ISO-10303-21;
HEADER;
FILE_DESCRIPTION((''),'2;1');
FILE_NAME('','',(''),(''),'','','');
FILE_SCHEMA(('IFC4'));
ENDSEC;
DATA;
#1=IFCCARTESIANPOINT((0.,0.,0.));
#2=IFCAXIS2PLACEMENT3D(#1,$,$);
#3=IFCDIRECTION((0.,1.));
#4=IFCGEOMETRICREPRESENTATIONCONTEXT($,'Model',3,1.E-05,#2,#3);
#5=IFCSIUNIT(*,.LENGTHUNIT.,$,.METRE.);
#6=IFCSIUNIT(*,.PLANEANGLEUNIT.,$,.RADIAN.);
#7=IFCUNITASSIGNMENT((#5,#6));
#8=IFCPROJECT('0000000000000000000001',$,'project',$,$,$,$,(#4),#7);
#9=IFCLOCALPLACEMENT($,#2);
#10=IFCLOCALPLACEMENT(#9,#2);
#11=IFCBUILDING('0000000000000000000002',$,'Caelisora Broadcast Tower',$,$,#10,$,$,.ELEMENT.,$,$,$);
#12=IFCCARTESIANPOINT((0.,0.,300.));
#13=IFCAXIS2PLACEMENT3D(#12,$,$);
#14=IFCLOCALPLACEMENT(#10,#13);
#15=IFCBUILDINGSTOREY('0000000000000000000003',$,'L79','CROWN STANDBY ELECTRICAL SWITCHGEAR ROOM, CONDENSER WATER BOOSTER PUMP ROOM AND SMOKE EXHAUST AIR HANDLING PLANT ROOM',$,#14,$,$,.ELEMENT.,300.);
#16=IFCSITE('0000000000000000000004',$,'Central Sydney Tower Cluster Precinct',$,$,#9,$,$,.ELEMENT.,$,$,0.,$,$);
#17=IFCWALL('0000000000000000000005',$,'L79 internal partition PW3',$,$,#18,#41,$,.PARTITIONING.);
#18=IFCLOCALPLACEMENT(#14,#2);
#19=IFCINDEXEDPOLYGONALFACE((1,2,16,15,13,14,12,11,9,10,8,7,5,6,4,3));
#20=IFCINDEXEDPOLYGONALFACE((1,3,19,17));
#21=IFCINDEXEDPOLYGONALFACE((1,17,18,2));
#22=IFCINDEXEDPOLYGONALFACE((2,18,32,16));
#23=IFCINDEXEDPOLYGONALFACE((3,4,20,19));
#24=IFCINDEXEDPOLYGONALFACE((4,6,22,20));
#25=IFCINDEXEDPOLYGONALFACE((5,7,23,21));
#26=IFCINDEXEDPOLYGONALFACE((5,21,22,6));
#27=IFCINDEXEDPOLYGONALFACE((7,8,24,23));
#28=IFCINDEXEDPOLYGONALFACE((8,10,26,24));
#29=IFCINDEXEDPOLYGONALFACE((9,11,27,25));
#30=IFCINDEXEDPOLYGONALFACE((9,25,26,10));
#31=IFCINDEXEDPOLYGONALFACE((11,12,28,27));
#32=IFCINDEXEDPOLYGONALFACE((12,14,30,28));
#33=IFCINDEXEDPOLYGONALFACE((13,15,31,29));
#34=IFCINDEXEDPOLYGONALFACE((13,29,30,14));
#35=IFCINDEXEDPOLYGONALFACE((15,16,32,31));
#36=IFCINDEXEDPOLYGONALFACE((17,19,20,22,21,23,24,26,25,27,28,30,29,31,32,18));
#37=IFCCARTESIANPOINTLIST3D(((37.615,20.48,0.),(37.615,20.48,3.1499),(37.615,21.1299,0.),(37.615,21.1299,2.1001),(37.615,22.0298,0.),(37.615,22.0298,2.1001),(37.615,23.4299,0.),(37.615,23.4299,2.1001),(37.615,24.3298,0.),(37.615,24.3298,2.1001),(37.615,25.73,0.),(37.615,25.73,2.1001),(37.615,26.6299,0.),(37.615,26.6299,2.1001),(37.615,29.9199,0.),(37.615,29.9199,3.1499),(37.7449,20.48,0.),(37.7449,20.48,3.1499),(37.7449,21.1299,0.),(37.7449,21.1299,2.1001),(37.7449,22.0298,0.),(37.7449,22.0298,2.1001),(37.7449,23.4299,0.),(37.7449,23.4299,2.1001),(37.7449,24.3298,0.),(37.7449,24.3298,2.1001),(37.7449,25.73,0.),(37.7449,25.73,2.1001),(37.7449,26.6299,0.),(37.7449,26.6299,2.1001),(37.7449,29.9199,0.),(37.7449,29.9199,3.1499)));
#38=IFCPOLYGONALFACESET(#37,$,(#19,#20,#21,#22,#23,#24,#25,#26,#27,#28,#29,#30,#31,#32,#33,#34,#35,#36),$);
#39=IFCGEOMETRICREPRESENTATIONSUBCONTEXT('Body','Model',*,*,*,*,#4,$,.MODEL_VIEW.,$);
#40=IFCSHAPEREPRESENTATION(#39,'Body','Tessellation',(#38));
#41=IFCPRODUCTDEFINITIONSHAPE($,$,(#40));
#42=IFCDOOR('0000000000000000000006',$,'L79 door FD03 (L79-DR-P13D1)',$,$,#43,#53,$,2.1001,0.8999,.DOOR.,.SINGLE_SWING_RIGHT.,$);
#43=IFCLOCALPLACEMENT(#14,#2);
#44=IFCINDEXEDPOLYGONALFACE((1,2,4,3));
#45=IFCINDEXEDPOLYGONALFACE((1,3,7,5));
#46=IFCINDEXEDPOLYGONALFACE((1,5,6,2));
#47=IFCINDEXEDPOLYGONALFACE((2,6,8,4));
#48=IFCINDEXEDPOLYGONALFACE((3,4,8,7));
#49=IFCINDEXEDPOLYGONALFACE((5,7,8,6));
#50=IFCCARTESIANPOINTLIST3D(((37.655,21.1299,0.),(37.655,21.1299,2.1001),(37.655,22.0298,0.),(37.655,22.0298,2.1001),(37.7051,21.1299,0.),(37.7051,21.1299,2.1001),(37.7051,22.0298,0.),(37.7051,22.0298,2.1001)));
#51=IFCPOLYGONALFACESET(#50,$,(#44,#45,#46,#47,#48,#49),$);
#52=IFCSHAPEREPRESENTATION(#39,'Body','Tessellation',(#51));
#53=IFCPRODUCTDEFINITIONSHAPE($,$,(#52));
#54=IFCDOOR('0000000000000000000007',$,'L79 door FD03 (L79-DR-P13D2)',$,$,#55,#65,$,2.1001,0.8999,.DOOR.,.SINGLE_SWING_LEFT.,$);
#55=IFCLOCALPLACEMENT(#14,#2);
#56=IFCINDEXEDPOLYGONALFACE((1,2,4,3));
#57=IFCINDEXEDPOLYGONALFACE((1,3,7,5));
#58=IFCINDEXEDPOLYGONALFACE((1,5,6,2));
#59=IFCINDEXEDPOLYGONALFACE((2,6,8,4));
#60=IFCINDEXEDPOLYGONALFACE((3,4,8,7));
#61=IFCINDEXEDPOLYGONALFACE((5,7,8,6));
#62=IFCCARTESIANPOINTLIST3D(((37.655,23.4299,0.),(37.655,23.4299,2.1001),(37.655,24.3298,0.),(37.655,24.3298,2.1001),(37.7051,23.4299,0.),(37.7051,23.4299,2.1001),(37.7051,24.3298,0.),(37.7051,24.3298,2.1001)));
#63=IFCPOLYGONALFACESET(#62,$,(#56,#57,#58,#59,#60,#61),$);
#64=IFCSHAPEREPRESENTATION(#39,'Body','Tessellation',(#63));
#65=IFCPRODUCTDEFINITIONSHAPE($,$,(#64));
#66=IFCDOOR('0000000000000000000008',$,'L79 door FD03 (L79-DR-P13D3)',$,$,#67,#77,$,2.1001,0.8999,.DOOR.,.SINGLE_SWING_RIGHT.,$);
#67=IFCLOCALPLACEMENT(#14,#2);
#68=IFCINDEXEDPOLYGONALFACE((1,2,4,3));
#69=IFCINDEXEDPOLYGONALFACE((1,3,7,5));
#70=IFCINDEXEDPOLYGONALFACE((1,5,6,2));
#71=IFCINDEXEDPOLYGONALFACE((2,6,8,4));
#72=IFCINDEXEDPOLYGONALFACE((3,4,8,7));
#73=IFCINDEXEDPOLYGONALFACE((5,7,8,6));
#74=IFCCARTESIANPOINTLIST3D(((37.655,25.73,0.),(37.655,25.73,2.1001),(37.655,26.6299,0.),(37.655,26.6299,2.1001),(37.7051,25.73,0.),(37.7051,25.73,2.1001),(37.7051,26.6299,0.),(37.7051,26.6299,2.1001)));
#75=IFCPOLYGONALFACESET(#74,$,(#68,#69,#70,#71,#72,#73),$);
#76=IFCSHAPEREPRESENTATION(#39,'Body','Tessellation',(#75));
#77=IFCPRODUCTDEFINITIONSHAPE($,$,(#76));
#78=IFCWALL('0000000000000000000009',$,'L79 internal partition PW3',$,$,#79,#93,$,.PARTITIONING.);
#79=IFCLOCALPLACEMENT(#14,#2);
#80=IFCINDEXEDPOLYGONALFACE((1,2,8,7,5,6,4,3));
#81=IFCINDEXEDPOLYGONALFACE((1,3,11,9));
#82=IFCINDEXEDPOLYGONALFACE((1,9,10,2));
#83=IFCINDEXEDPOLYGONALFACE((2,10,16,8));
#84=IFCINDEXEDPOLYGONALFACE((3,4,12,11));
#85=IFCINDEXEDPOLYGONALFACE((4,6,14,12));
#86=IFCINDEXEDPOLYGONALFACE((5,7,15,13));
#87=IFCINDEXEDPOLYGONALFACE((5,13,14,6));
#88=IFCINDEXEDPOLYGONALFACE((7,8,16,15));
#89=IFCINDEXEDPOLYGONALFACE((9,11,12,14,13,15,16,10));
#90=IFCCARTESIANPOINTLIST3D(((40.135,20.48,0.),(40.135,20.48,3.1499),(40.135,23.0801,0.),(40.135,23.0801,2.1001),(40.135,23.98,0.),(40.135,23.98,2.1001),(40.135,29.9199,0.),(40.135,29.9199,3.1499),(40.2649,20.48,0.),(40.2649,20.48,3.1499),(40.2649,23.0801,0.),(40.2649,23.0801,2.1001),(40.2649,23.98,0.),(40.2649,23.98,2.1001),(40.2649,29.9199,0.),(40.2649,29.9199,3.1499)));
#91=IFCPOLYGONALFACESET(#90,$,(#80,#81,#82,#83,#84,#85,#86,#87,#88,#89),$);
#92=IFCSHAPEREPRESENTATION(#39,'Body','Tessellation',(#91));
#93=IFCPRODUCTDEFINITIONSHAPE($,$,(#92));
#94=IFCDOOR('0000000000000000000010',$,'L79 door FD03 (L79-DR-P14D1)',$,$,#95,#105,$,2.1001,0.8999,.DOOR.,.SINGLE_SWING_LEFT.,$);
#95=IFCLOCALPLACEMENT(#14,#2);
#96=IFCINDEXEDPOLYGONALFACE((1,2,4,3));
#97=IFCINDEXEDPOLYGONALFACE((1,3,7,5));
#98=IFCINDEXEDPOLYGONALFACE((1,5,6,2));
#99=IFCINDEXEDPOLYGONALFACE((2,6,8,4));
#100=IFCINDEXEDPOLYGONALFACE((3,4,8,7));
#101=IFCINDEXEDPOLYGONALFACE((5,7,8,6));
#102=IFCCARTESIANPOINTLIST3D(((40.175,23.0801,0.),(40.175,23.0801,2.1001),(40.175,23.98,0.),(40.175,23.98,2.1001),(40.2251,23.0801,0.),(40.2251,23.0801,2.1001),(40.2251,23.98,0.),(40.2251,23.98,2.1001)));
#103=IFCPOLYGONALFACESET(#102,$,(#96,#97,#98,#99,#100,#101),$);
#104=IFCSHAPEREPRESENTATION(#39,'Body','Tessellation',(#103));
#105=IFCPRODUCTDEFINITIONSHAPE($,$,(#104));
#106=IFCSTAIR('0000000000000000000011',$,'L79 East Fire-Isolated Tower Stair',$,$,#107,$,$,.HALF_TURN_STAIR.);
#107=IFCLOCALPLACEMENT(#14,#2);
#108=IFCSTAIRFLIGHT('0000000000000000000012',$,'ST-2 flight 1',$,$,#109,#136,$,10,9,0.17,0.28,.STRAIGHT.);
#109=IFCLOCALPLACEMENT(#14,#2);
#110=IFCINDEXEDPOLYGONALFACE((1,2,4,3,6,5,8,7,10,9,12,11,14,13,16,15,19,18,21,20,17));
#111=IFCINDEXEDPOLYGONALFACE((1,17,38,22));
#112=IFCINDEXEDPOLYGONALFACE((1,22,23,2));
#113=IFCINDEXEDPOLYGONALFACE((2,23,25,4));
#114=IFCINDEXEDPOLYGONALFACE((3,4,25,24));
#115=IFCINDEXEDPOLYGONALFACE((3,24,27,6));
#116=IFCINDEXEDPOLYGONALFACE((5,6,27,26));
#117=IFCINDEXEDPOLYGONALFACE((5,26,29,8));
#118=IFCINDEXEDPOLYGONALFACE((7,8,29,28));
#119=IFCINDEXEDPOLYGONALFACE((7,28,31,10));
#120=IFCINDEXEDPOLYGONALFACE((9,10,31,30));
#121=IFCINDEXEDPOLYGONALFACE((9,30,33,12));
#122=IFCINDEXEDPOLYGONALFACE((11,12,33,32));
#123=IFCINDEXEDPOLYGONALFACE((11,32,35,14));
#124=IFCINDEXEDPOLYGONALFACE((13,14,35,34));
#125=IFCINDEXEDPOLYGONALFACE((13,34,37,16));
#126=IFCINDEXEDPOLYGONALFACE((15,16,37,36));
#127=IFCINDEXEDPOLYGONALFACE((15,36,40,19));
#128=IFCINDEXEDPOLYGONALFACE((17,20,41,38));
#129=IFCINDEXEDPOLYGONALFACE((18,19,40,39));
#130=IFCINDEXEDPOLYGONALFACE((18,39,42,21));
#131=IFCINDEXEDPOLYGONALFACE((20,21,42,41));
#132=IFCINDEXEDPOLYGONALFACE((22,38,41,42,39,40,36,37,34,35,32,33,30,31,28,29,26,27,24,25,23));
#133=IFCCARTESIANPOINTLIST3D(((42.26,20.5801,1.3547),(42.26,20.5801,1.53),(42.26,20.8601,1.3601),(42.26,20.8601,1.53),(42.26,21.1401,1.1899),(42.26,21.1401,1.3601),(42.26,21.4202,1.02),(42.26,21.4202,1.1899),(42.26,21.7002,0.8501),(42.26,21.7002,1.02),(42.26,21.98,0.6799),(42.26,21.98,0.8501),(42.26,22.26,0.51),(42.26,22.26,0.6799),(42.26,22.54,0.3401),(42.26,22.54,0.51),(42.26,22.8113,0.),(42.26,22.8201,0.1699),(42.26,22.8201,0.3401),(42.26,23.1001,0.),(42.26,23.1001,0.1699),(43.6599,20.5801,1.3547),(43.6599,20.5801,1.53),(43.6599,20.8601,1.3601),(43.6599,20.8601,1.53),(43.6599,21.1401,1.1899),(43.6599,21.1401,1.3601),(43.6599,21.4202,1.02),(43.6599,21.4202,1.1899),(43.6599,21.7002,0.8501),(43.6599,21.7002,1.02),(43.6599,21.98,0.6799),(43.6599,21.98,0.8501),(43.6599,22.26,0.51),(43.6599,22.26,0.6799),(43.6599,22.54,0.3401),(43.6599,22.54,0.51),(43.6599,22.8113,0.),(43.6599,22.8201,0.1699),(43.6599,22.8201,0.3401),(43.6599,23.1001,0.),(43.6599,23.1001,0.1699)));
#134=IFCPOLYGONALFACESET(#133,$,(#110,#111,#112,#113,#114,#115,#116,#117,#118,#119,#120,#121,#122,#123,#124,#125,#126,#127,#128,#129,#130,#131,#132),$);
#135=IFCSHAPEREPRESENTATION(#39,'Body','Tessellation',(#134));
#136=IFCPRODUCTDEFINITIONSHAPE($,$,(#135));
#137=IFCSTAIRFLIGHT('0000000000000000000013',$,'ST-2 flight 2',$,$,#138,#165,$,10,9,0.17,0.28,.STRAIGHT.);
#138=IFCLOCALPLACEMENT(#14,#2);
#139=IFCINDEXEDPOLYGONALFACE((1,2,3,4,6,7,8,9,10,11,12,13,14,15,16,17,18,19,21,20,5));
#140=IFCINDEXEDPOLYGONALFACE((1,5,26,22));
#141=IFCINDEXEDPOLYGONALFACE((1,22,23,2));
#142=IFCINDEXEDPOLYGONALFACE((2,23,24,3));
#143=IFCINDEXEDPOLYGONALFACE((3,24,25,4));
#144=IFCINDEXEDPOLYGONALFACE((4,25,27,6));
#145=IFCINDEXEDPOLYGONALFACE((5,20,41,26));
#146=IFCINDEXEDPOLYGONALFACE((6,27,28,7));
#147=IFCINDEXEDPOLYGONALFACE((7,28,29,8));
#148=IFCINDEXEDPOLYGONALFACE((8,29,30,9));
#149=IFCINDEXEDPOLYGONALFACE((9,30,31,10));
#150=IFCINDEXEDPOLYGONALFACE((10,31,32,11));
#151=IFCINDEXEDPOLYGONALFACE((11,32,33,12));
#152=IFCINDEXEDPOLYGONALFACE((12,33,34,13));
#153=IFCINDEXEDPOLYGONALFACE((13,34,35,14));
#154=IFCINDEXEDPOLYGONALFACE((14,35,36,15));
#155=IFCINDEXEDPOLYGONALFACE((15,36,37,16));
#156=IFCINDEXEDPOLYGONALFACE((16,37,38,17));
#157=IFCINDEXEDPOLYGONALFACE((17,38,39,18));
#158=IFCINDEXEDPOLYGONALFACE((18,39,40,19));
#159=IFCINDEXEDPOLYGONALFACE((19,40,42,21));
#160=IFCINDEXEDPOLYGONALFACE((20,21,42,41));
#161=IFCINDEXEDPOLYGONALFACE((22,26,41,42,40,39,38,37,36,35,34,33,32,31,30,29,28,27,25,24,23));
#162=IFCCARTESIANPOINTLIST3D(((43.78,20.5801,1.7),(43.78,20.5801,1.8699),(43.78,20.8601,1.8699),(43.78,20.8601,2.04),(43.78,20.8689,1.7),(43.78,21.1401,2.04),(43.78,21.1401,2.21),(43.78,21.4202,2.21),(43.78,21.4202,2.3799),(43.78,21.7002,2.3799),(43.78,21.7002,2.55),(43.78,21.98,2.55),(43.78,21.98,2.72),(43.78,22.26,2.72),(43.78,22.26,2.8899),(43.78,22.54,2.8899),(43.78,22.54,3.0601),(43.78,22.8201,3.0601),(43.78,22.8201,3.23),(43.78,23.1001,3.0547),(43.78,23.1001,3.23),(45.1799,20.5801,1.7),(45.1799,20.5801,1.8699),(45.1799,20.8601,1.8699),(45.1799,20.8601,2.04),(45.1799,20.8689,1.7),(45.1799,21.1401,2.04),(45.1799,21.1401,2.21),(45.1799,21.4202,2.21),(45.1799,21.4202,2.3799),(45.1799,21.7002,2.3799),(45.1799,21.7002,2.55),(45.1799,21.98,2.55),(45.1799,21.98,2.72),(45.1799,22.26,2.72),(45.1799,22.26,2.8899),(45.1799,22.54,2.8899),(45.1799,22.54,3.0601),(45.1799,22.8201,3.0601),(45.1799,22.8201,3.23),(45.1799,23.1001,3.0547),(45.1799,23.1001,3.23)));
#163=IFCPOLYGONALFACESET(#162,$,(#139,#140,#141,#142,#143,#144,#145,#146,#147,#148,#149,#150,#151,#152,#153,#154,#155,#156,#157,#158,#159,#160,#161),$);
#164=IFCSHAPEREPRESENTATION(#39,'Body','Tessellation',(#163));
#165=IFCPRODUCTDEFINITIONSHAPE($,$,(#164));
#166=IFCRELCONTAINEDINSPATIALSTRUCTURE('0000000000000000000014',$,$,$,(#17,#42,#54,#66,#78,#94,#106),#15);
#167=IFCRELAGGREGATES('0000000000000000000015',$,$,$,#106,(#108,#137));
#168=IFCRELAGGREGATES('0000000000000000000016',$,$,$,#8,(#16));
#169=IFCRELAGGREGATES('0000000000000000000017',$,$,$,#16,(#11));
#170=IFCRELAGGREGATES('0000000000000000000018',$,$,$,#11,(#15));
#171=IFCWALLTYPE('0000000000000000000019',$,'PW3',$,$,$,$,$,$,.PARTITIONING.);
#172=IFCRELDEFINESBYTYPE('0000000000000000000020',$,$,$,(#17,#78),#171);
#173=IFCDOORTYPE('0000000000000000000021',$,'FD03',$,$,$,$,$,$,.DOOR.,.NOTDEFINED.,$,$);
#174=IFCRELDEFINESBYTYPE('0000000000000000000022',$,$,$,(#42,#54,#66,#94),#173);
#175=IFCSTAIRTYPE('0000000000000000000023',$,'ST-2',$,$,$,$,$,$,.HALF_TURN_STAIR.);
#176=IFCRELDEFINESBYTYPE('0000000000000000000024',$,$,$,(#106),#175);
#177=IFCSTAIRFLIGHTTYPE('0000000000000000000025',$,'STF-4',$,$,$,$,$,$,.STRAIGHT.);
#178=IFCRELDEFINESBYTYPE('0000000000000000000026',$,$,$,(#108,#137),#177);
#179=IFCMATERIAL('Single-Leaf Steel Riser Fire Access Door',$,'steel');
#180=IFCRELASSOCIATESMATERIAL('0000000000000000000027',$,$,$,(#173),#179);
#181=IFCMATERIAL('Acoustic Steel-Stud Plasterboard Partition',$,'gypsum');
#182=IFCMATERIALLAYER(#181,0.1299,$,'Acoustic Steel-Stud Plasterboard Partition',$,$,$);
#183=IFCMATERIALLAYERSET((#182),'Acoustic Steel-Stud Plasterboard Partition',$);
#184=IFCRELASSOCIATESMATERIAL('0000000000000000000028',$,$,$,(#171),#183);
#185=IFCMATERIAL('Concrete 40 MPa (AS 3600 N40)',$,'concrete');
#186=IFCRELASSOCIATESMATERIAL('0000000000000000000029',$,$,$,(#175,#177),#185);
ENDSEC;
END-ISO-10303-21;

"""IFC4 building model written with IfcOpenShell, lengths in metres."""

from ifc_helpers import new_model, si_unit, direction, frame, frame_2d, origin, place, context, subcontext, project, spatial, polyline, rectangle, outline, extrude, material, layer, layer_set, type_object, element, fill, aggregate, save


model = new_model("IFC4")

# Units and contexts
model_context = context("Model", 3, precision=1e-05, world=origin(), true_north=direction((0.0, 1.0)))
body_context = subcontext(model_context, "Body", "Model", "MODEL_VIEW")
ifc_project = project(units=[si_unit("LENGTHUNIT", "METRE"), si_unit("PLANEANGLEUNIT", "RADIAN")], contexts=[model_context])

# Site, building, storey
site_placement = place(None, origin())
site = spatial("IfcSite", under=ifc_project, at=site_placement, Name="Central Sydney Tower Cluster Precinct", CompositionType="ELEMENT", RefElevation=0.0)
building_placement = place(site_placement, origin())
building = spatial("IfcBuilding", under=site, at=building_placement, Name="Caelisora Broadcast Tower", CompositionType="ELEMENT")
storey_placement = place(building_placement, frame((0.0, 0.0, 300.0)))
storey = spatial("IfcBuildingStorey", under=building, at=storey_placement, Name="L79", Description="CROWN STANDBY ELECTRICAL SWITCHGEAR ROOM, CONDENSER WATER BOOSTER PUMP ROOM AND SMOKE EXHAUST AIR HANDLING PLANT ROOM", CompositionType="ELEMENT", Elevation=300.0)

# Shared definitions
ifc_material_1 = material(Name="Concrete 40 MPa (AS 3600 N40)", Category="concrete")

# Shared definitions
ifc_material_2 = material(Name="Single-Leaf Steel Riser Fire Access Door", Category="steel")
door_type = type_object("IfcDoorType", Name="FD03", OperationType="NOTDEFINED", PredefinedType="DOOR", material=ifc_material_2)

# Wall, openings, doors
ifc_material_3 = material(Name="Acoustic Steel-Stud Plasterboard Partition", Category="gypsum")
ifc_layer_1 = layer(ifc_material_3, 0.1299, Name="Acoustic Steel-Stud Plasterboard Partition")
ifc_layer_set_1 = layer_set([ifc_layer_1], Name="Acoustic Steel-Stud Plasterboard Partition")
wall_type_1 = type_object("IfcWallType", Name="PW3", PredefinedType="PARTITIONING", material=ifc_layer_set_1)
wall_1_placement = place(storey_placement, frame((37.6799, 20.48, 0.0), z_axis=(0.0, 0.0, 1.0), x_axis=(0.0, 1.0, 0.0)))
wall_1 = element("IfcWall", 1, at=wall_1_placement, inside=storey, type_object=wall_type_1, Name="L79 internal partition PW3", PredefinedType="PARTITIONING", context=body_context, shape_type="SweptSolid", body=[
    extrude(rectangle(XDim=9.4399, YDim=0.1299, at=frame_2d((4.72, 0.0))), origin(), (0.0, 0.0, 1.0), 3.1499),
])
opening_1_placement = place(wall_1_placement, frame((0.6499, 0.0, 0.0)))
opening_1 = element("IfcOpeningElement", 2, at=opening_1_placement, cuts=wall_1, PredefinedType="OPENING", context=body_context, shape_type="SweptSolid", body=[
    extrude(rectangle(XDim=0.8999, YDim=2.1001, at=frame_2d((0.45, 1.05))), frame((0.0, 0.0769, 0.0), z_axis=(0.0, -1.0, 0.0), x_axis=(1.0, 0.0, 0.0)), (0.0, 0.0, 1.0), 0.1538),
])
opening_2_placement = place(wall_1_placement, frame((2.95, 0.0, 0.0)))
opening_2 = element("IfcOpeningElement", 3, at=opening_2_placement, cuts=wall_1, PredefinedType="OPENING", context=body_context, shape_type="SweptSolid", body=[
    extrude(rectangle(XDim=0.8999, YDim=2.1001, at=frame_2d((0.45, 1.05))), frame((0.0, 0.0769, 0.0), z_axis=(0.0, -1.0, 0.0), x_axis=(1.0, 0.0, 0.0)), (0.0, 0.0, 1.0), 0.1538),
])
opening_3_placement = place(wall_1_placement, frame((5.25, 0.0, 0.0)))
opening_3 = element("IfcOpeningElement", 4, at=opening_3_placement, cuts=wall_1, PredefinedType="OPENING", context=body_context, shape_type="SweptSolid", body=[
    extrude(rectangle(XDim=0.8999, YDim=2.1001, at=frame_2d((0.45, 1.05))), frame((0.0, 0.0769, 0.0), z_axis=(0.0, -1.0, 0.0), x_axis=(1.0, 0.0, 0.0)), (0.0, 0.0, 1.0), 0.1538),
])
door_1_placement = place(opening_1_placement, origin())
door_1 = element("IfcDoor", 5, at=door_1_placement, inside=storey, type_object=door_type, Name="L79 door FD03 (L79-DR-P13D1)", OperationType="SINGLE_SWING_RIGHT", OverallHeight=2.1001, OverallWidth=0.8999, PredefinedType="DOOR", context=body_context, shape_type="SweptSolid", body=[
    extrude(rectangle(XDim=0.8999, YDim=2.1001, at=frame_2d((0.45, 1.05))), frame((0.0, 0.0249, 0.0), z_axis=(0.0, -1.0, 0.0), x_axis=(1.0, 0.0, 0.0)), (0.0, 0.0, 1.0), 0.05),
])
fill(opening_1, door_1)
door_2_placement = place(opening_2_placement, origin())
door_2 = element("IfcDoor", 6, at=door_2_placement, inside=storey, type_object=door_type, Name="L79 door FD03 (L79-DR-P13D2)", OperationType="SINGLE_SWING_LEFT", OverallHeight=2.1001, OverallWidth=0.8999, PredefinedType="DOOR", context=body_context, shape_type="SweptSolid", body=[
    extrude(rectangle(XDim=0.8999, YDim=2.1001, at=frame_2d((0.45, 1.05))), frame((0.0, 0.0249, 0.0), z_axis=(0.0, -1.0, 0.0), x_axis=(1.0, 0.0, 0.0)), (0.0, 0.0, 1.0), 0.05),
])
fill(opening_2, door_2)
door_3_placement = place(opening_3_placement, origin())
door_3 = element("IfcDoor", 7, at=door_3_placement, inside=storey, type_object=door_type, Name="L79 door FD03 (L79-DR-P13D3)", OperationType="SINGLE_SWING_RIGHT", OverallHeight=2.1001, OverallWidth=0.8999, PredefinedType="DOOR", context=body_context, shape_type="SweptSolid", body=[
    extrude(rectangle(XDim=0.8999, YDim=2.1001, at=frame_2d((0.45, 1.05))), frame((0.0, 0.0249, 0.0), z_axis=(0.0, -1.0, 0.0), x_axis=(1.0, 0.0, 0.0)), (0.0, 0.0, 1.0), 0.05),
])
fill(opening_3, door_3)

# Wall, opening, door
wall_2_placement = place(storey_placement, frame((40.2, 20.48, 0.0), z_axis=(0.0, 0.0, 1.0), x_axis=(0.0, 1.0, 0.0)))
wall_2 = element("IfcWall", 8, at=wall_2_placement, inside=storey, type_object=wall_type_1, Name="L79 internal partition PW3", PredefinedType="PARTITIONING", context=body_context, shape_type="SweptSolid", body=[
    extrude(rectangle(XDim=9.4399, YDim=0.1299, at=frame_2d((4.72, 0.0))), origin(), (0.0, 0.0, 1.0), 3.1499),
])
opening_4_placement = place(wall_2_placement, frame((2.6001, 0.0, 0.0)))
opening_4 = element("IfcOpeningElement", 9, at=opening_4_placement, cuts=wall_2, PredefinedType="OPENING", context=body_context, shape_type="SweptSolid", body=[
    extrude(rectangle(XDim=0.8999, YDim=2.1001, at=frame_2d((0.45, 1.05))), frame((0.0, 0.0769, 0.0), z_axis=(0.0, -1.0, 0.0), x_axis=(1.0, 0.0, 0.0)), (0.0, 0.0, 1.0), 0.1538),
])
door_4_placement = place(opening_4_placement, origin())
door_4 = element("IfcDoor", 10, at=door_4_placement, inside=storey, type_object=door_type, Name="L79 door FD03 (L79-DR-P14D1)", OperationType="SINGLE_SWING_LEFT", OverallHeight=2.1001, OverallWidth=0.8999, PredefinedType="DOOR", context=body_context, shape_type="SweptSolid", body=[
    extrude(rectangle(XDim=0.8999, YDim=2.1001, at=frame_2d((0.45, 1.05))), frame((0.0, 0.0249, 0.0), z_axis=(0.0, -1.0, 0.0), x_axis=(1.0, 0.0, 0.0)), (0.0, 0.0, 1.0), 0.05),
])
fill(opening_4, door_4)

# Stair, stair flights
stair_type = type_object("IfcStairType", Name="ST-2", PredefinedType="HALF_TURN_STAIR", material=ifc_material_1)
stair_placement = place(storey_placement, origin())
stair = element("IfcStair", 11, at=stair_placement, inside=storey, type_object=stair_type, Name="L79 East Fire-Isolated Tower Stair", PredefinedType="HALF_TURN_STAIR")
stair_flight_type = type_object("IfcStairFlightType", Name="STF-4", PredefinedType="STRAIGHT", material=ifc_material_1)
stair_flight_1_placement = place(storey_placement, frame((42.96, 23.1001, 0.0), z_axis=(0.0, 0.0, 1.0), x_axis=(0.0, -1.0, 0.0)))
stair_flight_1 = element("IfcStairFlight", 12, at=stair_flight_1_placement, type_object=stair_flight_type, Name="ST-2 flight 1", NumberOfRisers=10, NumberOfTreads=9, PredefinedType="STRAIGHT", RiserHeight=0.17, TreadLength=0.28, context=body_context, shape_type="SweptSolid", body=[
    extrude(outline(polyline([(0.0, 0.0), (0.0, 0.1699), (0.28, 0.1699), (0.28, 0.3401), (0.5601, 0.3401), (0.5601, 0.51), (0.8401, 0.51), (0.8401, 0.6799), (1.1201, 0.6799), (1.1201, 0.8501), (1.3999, 0.8501), (1.3999, 1.02), (1.6799, 1.02), (1.6799, 1.1899), (1.96, 1.1899), (1.96, 1.3601), (2.24, 1.3601), (2.24, 1.53), (2.52, 1.53), (2.52, 1.7), (2.52, 1.3547), (0.2888, 0.0), (0.0, 0.0)])), frame((0.0, 0.7, 0.0), z_axis=(0.0, -1.0, 0.0), x_axis=(1.0, 0.0, 0.0)), (0.0, 0.0, 1.0), 1.3999),
])
stair_flight_2_placement = place(storey_placement, frame((44.48, 20.5801, 1.7), z_axis=(0.0, 0.0, 1.0), x_axis=(0.0, 1.0, 0.0)))
stair_flight_2 = element("IfcStairFlight", 13, at=stair_flight_2_placement, type_object=stair_flight_type, Name="ST-2 flight 2", NumberOfRisers=10, NumberOfTreads=9, PredefinedType="STRAIGHT", RiserHeight=0.17, TreadLength=0.28, context=body_context, shape_type="SweptSolid", body=[
    extrude(outline(polyline([(0.0, 0.0), (0.0, 0.1699), (0.28, 0.1699), (0.28, 0.3401), (0.5601, 0.3401), (0.5601, 0.51), (0.8401, 0.51), (0.8401, 0.6799), (1.1201, 0.6799), (1.1201, 0.8501), (1.3999, 0.8501), (1.3999, 1.02), (1.6799, 1.02), (1.6799, 1.1899), (1.96, 1.1899), (1.96, 1.3601), (2.24, 1.3601), (2.24, 1.53), (2.52, 1.53), (2.52, 1.7), (2.52, 1.3547), (0.2888, 0.0), (0.0, 0.0)])), frame((0.0, 0.7, 0.0), z_axis=(0.0, -1.0, 0.0), x_axis=(1.0, 0.0, 0.0)), (0.0, 0.0, 1.0), 1.3999),
])
aggregate(stair, [stair_flight_1, stair_flight_2])

save(model, "model.ifc")
